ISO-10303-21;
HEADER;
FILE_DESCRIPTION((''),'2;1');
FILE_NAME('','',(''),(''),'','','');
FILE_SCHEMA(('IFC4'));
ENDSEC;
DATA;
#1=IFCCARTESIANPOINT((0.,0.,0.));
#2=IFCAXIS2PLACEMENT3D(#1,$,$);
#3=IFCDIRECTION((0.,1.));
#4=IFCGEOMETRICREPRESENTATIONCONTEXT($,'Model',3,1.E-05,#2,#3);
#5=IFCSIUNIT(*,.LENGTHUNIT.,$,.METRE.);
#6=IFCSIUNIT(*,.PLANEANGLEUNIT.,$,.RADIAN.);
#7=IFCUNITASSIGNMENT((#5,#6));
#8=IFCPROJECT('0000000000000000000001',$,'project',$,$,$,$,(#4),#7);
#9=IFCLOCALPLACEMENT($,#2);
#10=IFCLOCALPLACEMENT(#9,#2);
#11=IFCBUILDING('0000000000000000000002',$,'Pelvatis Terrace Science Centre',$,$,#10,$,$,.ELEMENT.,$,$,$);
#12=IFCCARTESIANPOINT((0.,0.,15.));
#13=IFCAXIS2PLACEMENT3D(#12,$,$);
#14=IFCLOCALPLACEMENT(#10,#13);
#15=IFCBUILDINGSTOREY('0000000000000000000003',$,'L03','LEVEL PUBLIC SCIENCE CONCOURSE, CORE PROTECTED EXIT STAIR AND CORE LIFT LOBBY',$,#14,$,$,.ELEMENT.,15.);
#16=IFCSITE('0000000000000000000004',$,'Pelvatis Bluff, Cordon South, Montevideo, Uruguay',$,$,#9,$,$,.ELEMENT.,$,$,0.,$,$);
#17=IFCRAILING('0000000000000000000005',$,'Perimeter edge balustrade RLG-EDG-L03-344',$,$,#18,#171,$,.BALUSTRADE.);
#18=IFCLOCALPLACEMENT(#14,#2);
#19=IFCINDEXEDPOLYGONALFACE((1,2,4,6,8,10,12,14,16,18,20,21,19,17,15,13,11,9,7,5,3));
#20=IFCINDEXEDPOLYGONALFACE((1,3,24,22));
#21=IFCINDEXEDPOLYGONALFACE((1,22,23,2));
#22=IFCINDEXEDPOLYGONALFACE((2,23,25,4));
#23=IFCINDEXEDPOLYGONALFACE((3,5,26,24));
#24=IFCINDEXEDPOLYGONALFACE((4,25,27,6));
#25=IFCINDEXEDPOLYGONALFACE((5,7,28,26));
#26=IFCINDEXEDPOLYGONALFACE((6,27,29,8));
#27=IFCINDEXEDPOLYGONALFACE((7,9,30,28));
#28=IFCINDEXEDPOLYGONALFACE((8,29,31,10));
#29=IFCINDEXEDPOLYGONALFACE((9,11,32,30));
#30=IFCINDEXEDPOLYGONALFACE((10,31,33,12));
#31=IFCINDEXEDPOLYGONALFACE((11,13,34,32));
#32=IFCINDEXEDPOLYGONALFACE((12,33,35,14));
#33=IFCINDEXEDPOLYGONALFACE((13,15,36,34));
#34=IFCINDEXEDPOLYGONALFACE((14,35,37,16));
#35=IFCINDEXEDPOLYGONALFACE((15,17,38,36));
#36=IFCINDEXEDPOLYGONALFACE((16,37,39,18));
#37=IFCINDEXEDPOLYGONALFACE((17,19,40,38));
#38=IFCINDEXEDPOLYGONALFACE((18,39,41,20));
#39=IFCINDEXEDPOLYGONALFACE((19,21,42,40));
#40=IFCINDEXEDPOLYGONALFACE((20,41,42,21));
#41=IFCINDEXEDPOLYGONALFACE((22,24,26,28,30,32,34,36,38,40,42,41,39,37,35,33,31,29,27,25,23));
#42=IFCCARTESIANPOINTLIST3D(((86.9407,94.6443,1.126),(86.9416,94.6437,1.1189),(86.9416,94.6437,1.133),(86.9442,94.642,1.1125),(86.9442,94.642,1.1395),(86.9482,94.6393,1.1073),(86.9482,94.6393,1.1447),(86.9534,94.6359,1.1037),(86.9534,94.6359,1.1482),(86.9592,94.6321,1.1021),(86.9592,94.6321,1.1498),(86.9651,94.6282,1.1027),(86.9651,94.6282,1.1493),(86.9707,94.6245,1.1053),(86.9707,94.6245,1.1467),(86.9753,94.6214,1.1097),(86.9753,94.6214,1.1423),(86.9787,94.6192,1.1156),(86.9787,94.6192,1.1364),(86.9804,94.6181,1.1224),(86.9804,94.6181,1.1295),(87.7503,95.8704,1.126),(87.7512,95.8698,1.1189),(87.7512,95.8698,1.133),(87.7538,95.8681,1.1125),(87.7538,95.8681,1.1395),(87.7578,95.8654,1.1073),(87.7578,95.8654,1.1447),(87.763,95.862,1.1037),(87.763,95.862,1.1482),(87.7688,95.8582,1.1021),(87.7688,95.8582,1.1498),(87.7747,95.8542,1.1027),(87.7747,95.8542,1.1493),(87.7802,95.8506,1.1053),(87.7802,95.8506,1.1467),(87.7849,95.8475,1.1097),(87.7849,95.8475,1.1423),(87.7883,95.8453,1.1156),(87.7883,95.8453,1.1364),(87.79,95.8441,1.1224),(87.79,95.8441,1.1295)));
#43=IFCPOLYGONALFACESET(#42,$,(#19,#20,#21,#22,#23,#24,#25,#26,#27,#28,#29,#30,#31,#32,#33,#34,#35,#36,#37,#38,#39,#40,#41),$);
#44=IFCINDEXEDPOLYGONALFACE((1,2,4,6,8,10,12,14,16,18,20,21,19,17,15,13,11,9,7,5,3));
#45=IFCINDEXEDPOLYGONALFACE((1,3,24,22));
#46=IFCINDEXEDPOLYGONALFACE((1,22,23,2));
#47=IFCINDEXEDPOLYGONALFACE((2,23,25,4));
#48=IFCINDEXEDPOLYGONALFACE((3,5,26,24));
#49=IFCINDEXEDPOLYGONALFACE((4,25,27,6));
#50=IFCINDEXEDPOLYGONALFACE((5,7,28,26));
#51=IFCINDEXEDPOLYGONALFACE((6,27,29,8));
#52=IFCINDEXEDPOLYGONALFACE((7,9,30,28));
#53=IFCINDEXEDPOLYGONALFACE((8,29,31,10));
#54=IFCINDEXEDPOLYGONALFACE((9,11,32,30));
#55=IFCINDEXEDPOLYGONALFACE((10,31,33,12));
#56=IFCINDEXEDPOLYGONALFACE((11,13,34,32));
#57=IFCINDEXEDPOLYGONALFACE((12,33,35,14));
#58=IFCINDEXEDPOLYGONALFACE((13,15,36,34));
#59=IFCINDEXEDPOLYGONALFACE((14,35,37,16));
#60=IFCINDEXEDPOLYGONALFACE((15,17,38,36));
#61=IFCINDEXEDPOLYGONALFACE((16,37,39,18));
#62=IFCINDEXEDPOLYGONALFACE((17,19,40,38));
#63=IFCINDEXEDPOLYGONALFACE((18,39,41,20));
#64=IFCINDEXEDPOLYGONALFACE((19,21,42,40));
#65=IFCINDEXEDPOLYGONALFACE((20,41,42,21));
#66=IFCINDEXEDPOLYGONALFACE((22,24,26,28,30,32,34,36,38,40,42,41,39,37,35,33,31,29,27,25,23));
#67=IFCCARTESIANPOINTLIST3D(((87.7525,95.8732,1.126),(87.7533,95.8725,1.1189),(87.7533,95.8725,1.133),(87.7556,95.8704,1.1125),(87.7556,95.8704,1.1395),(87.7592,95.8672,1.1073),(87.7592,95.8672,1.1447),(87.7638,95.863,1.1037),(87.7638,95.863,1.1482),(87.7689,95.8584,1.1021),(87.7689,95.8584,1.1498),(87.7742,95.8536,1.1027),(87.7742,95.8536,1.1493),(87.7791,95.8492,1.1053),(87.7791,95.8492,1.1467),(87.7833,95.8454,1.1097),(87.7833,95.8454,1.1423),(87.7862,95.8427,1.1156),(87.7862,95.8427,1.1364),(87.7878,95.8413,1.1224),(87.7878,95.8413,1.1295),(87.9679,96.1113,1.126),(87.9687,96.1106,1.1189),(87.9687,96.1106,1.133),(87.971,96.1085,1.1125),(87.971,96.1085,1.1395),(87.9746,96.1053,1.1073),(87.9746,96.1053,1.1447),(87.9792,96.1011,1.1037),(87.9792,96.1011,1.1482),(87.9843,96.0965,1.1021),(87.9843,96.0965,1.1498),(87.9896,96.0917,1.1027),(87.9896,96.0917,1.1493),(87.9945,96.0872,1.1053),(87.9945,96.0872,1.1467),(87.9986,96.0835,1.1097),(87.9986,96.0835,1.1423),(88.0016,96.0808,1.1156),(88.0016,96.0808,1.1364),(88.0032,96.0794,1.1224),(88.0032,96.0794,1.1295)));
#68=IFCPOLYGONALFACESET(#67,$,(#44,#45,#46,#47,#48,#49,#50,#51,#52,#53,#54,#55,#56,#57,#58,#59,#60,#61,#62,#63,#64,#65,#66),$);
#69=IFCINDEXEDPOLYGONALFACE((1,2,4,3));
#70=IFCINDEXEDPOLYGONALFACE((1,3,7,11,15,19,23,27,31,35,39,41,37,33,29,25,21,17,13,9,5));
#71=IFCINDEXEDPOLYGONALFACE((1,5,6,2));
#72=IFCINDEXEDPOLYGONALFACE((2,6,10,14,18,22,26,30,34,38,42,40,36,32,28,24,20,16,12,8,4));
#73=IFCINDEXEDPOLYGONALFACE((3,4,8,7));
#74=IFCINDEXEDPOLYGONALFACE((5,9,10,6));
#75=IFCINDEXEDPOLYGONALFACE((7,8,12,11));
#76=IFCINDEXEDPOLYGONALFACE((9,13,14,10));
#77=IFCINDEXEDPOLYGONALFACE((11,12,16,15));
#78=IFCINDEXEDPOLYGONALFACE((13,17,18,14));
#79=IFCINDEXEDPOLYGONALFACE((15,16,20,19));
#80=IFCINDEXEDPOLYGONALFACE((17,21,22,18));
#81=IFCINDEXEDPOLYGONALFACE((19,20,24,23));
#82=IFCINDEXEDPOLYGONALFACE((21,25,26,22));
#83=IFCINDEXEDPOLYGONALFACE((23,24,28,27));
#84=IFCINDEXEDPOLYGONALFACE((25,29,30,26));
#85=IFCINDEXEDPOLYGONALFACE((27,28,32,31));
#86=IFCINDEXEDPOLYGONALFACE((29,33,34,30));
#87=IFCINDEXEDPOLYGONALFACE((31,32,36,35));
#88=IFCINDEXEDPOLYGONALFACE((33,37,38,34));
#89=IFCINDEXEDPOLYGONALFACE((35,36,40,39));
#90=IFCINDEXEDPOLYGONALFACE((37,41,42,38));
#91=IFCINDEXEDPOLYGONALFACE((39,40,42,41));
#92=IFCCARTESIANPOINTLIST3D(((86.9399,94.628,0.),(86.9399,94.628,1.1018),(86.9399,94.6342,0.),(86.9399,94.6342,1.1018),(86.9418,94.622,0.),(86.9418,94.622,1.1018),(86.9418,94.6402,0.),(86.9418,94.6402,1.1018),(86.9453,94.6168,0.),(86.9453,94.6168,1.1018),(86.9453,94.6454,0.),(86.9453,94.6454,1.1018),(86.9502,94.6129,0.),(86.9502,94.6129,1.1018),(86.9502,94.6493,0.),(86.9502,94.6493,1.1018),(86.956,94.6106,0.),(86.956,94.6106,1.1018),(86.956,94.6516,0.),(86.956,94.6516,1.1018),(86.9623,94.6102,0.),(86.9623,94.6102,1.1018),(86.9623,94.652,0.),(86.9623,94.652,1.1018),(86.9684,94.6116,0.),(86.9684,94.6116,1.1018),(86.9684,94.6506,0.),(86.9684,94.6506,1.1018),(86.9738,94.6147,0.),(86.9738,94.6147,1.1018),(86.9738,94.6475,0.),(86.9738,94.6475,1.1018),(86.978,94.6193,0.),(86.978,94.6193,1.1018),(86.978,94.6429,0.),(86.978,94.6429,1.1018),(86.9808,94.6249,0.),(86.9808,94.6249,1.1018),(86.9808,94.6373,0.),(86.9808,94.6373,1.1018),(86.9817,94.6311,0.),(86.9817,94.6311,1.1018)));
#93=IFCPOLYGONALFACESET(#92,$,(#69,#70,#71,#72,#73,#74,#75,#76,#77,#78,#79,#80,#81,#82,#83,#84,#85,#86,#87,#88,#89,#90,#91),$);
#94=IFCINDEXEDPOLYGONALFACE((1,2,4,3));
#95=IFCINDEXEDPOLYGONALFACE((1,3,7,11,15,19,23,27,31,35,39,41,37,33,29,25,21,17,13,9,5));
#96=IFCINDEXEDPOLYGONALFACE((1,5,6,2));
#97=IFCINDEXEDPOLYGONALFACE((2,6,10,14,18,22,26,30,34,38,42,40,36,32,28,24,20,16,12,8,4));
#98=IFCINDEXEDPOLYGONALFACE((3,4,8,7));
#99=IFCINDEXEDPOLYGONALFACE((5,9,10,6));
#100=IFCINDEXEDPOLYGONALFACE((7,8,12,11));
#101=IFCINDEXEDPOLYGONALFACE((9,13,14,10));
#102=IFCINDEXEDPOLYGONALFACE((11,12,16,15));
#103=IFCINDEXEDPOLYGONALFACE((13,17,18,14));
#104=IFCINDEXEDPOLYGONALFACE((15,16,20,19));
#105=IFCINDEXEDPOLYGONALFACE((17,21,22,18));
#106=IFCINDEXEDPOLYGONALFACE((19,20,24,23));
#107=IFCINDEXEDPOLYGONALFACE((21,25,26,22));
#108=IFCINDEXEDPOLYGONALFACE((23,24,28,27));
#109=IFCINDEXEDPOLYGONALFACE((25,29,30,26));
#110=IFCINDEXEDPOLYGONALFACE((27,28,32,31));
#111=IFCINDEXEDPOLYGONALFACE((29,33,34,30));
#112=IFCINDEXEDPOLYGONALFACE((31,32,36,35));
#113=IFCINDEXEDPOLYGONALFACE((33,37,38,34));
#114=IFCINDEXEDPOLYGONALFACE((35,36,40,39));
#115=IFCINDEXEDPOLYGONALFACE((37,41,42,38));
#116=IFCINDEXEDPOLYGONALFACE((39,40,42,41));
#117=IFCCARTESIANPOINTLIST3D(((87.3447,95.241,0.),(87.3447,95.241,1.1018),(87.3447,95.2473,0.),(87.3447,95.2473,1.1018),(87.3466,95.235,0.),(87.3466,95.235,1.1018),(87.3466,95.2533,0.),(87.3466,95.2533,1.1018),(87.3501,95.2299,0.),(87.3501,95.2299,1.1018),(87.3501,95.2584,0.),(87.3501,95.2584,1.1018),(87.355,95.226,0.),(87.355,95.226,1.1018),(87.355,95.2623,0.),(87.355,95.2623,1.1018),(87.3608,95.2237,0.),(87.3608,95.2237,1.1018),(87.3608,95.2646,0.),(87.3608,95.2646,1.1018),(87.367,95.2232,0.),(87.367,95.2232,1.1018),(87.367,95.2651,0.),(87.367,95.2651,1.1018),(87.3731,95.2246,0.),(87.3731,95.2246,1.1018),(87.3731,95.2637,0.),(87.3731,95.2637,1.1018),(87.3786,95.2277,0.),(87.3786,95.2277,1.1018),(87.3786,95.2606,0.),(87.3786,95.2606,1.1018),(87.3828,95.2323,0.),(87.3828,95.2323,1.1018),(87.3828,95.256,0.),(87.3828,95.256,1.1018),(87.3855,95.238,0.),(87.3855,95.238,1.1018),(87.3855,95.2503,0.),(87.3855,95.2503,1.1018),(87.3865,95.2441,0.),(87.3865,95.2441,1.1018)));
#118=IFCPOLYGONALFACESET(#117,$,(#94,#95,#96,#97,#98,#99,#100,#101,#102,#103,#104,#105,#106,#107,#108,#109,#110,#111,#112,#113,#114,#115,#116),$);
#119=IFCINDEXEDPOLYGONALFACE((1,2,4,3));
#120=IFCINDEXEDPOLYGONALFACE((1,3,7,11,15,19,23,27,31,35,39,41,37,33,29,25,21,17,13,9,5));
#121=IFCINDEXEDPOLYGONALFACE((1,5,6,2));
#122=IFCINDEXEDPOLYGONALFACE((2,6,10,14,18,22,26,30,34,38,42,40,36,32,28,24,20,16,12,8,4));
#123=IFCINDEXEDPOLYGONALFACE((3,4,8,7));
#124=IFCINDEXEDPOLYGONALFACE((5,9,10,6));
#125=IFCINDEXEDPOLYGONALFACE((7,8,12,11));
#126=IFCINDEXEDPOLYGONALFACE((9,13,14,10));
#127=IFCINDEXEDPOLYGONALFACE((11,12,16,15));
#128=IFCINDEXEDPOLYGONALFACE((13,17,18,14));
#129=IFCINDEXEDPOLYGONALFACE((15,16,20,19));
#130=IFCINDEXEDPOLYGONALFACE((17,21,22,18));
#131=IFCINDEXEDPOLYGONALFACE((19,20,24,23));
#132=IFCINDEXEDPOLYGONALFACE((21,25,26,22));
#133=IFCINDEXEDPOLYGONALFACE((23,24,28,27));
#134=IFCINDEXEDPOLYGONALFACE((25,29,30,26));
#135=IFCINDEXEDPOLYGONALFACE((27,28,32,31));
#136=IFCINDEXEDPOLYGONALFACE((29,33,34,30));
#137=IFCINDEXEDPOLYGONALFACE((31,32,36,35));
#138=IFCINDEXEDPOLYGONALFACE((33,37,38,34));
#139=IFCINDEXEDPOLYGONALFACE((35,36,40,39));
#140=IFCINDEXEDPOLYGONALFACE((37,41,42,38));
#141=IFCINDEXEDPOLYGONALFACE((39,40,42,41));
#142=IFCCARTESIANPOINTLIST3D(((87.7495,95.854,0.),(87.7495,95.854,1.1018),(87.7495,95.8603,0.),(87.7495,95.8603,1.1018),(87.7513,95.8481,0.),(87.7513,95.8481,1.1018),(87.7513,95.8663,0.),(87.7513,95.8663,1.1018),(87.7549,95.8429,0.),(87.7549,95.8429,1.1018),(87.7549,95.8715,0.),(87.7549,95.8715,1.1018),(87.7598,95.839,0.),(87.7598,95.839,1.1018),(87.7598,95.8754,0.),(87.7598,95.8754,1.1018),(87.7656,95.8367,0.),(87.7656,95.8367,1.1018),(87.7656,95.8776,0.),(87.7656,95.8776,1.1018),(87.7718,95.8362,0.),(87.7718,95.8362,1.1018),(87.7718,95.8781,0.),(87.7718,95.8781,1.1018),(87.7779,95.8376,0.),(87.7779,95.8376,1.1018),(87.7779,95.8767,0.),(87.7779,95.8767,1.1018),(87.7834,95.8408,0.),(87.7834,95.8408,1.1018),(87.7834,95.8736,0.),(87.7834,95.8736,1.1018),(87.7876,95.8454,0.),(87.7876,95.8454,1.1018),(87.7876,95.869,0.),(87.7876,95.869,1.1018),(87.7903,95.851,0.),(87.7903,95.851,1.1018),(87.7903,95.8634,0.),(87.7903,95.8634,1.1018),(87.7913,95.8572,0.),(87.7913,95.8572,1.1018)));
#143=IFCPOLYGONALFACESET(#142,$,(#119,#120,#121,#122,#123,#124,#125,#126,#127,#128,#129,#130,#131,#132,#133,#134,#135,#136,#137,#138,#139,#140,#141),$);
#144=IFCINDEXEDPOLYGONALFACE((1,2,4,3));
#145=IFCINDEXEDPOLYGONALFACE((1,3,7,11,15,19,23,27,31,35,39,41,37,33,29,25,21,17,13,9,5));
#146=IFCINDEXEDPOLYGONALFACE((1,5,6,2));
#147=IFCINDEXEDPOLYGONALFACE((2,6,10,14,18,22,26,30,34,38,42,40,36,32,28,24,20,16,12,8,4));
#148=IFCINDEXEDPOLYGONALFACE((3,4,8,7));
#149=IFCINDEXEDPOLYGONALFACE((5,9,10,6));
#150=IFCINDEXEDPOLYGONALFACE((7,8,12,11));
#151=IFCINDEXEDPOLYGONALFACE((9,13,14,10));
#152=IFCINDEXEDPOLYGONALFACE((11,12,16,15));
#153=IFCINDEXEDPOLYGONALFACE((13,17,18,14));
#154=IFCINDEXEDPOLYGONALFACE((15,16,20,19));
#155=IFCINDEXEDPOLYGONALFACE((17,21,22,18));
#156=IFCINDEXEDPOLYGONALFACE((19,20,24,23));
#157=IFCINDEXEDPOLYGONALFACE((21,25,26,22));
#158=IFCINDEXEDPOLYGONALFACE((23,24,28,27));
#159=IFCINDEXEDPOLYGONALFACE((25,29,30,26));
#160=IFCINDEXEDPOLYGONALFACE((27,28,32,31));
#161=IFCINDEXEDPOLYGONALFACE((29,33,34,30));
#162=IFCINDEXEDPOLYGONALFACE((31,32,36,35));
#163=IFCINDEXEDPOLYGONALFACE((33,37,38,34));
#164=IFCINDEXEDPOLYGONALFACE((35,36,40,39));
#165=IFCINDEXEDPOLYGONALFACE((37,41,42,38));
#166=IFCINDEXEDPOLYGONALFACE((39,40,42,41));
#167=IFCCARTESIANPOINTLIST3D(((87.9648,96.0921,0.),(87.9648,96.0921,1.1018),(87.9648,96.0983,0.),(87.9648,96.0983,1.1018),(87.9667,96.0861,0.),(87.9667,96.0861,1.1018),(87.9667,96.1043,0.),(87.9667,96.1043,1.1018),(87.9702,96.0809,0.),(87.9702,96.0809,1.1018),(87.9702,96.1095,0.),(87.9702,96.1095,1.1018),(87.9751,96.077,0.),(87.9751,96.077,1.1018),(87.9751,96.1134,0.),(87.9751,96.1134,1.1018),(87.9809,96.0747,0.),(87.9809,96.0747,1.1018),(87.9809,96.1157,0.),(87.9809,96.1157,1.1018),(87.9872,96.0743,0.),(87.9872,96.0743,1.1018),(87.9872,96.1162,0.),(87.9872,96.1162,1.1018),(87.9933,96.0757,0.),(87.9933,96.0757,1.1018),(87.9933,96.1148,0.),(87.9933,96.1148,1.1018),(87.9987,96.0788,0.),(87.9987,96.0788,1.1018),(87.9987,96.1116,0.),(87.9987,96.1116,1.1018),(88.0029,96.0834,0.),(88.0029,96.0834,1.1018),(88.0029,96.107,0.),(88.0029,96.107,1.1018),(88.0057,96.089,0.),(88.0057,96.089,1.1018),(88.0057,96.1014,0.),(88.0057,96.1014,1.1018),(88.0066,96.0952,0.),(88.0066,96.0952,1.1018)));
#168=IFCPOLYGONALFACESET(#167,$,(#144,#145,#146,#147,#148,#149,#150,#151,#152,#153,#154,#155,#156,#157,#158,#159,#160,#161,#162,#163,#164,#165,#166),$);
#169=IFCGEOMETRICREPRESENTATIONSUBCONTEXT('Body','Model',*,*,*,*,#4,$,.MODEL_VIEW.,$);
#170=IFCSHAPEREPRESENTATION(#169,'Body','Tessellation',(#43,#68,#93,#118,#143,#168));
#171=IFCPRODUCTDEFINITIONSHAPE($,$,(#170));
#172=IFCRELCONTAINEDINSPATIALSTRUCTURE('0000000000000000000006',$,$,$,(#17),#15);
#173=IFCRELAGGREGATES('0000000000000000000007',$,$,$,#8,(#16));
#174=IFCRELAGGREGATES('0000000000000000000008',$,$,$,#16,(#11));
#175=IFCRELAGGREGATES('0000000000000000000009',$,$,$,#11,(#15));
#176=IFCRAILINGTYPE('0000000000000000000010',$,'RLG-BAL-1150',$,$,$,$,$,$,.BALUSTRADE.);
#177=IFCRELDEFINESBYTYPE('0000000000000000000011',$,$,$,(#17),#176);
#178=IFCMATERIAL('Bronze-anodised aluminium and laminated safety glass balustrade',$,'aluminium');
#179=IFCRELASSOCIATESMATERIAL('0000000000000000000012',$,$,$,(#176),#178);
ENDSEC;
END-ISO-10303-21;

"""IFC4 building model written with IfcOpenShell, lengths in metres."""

from ifc_helpers import new_model, si_unit, direction, frame, origin, origin_2d, place, context, subcontext, project, spatial, circle, extrude, material, type_object, element, save


model = new_model("IFC4")

# Units and contexts
model_context = context("Model", 3, precision=1e-05, world=origin(), true_north=direction((0.0, 1.0)))
body_context = subcontext(model_context, "Body", "Model", "MODEL_VIEW")
ifc_project = project(units=[si_unit("LENGTHUNIT", "METRE"), si_unit("PLANEANGLEUNIT", "RADIAN")], contexts=[model_context])

# Site, building, storey
site_placement = place(None, origin())
site = spatial("IfcSite", under=ifc_project, at=site_placement, Name="Pelvatis Bluff, Cordon South, Montevideo, Uruguay", CompositionType="ELEMENT", RefElevation=0.0)
building_placement = place(site_placement, origin())
building = spatial("IfcBuilding", under=site, at=building_placement, Name="Pelvatis Terrace Science Centre", CompositionType="ELEMENT")
storey_placement = place(building_placement, frame((0.0, 0.0, 15.0)))
storey = spatial("IfcBuildingStorey", under=building, at=storey_placement, Name="L03", Description="LEVEL PUBLIC SCIENCE CONCOURSE, CORE PROTECTED EXIT STAIR AND CORE LIFT LOBBY", CompositionType="ELEMENT", Elevation=15.0)

# Railing
ifc_material_1 = material(Name="Bronze-anodised aluminium and laminated safety glass balustrade", Category="aluminium")
railing_type = type_object("IfcRailingType", Name="RLG-BAL-1150", PredefinedType="BALUSTRADE", material=ifc_material_1)
railing_1_placement = place(storey_placement, frame((86.9607, 94.6311, 0.0)))
element("IfcRailing", 1, at=railing_1_placement, inside=storey, type_object=railing_type, Name="Perimeter edge balustrade RLG-EDG-L03-344", PredefinedType="BALUSTRADE", context=body_context, shape_type="SweptSolid", body=[
    extrude(circle(Radius=0.0239, at=origin_2d()), frame((0.0, 0.0, 1.126), z_axis=(0.551014, 0.834496, 0.0), x_axis=(-0.834496, 0.551014, 0.0)), (0.0, 0.0, 1.0), 1.4692),
    extrude(circle(Radius=0.0239, at=origin_2d()), frame((0.8096, 1.2261, 1.126), z_axis=(0.670854, 0.74159, 0.0), x_axis=(-0.74159, 0.670854, 0.0)), (0.0, 0.0, 1.0), 0.321),
    extrude(circle(Radius=0.021, at=origin_2d()), origin(), (0.0, 0.0, 1.0), 1.1018),
    extrude(circle(Radius=0.021, at=origin_2d()), frame((0.4048, 0.613, 0.0)), (0.0, 0.0, 1.0), 1.1018),
    extrude(circle(Radius=0.021, at=origin_2d()), frame((0.8096, 1.2261, 0.0)), (0.0, 0.0, 1.0), 1.1018),
    extrude(circle(Radius=0.021, at=origin_2d()), frame((1.0249, 1.4641, 0.0)), (0.0, 0.0, 1.0), 1.1018),
])

save(model, "model.ifc")
